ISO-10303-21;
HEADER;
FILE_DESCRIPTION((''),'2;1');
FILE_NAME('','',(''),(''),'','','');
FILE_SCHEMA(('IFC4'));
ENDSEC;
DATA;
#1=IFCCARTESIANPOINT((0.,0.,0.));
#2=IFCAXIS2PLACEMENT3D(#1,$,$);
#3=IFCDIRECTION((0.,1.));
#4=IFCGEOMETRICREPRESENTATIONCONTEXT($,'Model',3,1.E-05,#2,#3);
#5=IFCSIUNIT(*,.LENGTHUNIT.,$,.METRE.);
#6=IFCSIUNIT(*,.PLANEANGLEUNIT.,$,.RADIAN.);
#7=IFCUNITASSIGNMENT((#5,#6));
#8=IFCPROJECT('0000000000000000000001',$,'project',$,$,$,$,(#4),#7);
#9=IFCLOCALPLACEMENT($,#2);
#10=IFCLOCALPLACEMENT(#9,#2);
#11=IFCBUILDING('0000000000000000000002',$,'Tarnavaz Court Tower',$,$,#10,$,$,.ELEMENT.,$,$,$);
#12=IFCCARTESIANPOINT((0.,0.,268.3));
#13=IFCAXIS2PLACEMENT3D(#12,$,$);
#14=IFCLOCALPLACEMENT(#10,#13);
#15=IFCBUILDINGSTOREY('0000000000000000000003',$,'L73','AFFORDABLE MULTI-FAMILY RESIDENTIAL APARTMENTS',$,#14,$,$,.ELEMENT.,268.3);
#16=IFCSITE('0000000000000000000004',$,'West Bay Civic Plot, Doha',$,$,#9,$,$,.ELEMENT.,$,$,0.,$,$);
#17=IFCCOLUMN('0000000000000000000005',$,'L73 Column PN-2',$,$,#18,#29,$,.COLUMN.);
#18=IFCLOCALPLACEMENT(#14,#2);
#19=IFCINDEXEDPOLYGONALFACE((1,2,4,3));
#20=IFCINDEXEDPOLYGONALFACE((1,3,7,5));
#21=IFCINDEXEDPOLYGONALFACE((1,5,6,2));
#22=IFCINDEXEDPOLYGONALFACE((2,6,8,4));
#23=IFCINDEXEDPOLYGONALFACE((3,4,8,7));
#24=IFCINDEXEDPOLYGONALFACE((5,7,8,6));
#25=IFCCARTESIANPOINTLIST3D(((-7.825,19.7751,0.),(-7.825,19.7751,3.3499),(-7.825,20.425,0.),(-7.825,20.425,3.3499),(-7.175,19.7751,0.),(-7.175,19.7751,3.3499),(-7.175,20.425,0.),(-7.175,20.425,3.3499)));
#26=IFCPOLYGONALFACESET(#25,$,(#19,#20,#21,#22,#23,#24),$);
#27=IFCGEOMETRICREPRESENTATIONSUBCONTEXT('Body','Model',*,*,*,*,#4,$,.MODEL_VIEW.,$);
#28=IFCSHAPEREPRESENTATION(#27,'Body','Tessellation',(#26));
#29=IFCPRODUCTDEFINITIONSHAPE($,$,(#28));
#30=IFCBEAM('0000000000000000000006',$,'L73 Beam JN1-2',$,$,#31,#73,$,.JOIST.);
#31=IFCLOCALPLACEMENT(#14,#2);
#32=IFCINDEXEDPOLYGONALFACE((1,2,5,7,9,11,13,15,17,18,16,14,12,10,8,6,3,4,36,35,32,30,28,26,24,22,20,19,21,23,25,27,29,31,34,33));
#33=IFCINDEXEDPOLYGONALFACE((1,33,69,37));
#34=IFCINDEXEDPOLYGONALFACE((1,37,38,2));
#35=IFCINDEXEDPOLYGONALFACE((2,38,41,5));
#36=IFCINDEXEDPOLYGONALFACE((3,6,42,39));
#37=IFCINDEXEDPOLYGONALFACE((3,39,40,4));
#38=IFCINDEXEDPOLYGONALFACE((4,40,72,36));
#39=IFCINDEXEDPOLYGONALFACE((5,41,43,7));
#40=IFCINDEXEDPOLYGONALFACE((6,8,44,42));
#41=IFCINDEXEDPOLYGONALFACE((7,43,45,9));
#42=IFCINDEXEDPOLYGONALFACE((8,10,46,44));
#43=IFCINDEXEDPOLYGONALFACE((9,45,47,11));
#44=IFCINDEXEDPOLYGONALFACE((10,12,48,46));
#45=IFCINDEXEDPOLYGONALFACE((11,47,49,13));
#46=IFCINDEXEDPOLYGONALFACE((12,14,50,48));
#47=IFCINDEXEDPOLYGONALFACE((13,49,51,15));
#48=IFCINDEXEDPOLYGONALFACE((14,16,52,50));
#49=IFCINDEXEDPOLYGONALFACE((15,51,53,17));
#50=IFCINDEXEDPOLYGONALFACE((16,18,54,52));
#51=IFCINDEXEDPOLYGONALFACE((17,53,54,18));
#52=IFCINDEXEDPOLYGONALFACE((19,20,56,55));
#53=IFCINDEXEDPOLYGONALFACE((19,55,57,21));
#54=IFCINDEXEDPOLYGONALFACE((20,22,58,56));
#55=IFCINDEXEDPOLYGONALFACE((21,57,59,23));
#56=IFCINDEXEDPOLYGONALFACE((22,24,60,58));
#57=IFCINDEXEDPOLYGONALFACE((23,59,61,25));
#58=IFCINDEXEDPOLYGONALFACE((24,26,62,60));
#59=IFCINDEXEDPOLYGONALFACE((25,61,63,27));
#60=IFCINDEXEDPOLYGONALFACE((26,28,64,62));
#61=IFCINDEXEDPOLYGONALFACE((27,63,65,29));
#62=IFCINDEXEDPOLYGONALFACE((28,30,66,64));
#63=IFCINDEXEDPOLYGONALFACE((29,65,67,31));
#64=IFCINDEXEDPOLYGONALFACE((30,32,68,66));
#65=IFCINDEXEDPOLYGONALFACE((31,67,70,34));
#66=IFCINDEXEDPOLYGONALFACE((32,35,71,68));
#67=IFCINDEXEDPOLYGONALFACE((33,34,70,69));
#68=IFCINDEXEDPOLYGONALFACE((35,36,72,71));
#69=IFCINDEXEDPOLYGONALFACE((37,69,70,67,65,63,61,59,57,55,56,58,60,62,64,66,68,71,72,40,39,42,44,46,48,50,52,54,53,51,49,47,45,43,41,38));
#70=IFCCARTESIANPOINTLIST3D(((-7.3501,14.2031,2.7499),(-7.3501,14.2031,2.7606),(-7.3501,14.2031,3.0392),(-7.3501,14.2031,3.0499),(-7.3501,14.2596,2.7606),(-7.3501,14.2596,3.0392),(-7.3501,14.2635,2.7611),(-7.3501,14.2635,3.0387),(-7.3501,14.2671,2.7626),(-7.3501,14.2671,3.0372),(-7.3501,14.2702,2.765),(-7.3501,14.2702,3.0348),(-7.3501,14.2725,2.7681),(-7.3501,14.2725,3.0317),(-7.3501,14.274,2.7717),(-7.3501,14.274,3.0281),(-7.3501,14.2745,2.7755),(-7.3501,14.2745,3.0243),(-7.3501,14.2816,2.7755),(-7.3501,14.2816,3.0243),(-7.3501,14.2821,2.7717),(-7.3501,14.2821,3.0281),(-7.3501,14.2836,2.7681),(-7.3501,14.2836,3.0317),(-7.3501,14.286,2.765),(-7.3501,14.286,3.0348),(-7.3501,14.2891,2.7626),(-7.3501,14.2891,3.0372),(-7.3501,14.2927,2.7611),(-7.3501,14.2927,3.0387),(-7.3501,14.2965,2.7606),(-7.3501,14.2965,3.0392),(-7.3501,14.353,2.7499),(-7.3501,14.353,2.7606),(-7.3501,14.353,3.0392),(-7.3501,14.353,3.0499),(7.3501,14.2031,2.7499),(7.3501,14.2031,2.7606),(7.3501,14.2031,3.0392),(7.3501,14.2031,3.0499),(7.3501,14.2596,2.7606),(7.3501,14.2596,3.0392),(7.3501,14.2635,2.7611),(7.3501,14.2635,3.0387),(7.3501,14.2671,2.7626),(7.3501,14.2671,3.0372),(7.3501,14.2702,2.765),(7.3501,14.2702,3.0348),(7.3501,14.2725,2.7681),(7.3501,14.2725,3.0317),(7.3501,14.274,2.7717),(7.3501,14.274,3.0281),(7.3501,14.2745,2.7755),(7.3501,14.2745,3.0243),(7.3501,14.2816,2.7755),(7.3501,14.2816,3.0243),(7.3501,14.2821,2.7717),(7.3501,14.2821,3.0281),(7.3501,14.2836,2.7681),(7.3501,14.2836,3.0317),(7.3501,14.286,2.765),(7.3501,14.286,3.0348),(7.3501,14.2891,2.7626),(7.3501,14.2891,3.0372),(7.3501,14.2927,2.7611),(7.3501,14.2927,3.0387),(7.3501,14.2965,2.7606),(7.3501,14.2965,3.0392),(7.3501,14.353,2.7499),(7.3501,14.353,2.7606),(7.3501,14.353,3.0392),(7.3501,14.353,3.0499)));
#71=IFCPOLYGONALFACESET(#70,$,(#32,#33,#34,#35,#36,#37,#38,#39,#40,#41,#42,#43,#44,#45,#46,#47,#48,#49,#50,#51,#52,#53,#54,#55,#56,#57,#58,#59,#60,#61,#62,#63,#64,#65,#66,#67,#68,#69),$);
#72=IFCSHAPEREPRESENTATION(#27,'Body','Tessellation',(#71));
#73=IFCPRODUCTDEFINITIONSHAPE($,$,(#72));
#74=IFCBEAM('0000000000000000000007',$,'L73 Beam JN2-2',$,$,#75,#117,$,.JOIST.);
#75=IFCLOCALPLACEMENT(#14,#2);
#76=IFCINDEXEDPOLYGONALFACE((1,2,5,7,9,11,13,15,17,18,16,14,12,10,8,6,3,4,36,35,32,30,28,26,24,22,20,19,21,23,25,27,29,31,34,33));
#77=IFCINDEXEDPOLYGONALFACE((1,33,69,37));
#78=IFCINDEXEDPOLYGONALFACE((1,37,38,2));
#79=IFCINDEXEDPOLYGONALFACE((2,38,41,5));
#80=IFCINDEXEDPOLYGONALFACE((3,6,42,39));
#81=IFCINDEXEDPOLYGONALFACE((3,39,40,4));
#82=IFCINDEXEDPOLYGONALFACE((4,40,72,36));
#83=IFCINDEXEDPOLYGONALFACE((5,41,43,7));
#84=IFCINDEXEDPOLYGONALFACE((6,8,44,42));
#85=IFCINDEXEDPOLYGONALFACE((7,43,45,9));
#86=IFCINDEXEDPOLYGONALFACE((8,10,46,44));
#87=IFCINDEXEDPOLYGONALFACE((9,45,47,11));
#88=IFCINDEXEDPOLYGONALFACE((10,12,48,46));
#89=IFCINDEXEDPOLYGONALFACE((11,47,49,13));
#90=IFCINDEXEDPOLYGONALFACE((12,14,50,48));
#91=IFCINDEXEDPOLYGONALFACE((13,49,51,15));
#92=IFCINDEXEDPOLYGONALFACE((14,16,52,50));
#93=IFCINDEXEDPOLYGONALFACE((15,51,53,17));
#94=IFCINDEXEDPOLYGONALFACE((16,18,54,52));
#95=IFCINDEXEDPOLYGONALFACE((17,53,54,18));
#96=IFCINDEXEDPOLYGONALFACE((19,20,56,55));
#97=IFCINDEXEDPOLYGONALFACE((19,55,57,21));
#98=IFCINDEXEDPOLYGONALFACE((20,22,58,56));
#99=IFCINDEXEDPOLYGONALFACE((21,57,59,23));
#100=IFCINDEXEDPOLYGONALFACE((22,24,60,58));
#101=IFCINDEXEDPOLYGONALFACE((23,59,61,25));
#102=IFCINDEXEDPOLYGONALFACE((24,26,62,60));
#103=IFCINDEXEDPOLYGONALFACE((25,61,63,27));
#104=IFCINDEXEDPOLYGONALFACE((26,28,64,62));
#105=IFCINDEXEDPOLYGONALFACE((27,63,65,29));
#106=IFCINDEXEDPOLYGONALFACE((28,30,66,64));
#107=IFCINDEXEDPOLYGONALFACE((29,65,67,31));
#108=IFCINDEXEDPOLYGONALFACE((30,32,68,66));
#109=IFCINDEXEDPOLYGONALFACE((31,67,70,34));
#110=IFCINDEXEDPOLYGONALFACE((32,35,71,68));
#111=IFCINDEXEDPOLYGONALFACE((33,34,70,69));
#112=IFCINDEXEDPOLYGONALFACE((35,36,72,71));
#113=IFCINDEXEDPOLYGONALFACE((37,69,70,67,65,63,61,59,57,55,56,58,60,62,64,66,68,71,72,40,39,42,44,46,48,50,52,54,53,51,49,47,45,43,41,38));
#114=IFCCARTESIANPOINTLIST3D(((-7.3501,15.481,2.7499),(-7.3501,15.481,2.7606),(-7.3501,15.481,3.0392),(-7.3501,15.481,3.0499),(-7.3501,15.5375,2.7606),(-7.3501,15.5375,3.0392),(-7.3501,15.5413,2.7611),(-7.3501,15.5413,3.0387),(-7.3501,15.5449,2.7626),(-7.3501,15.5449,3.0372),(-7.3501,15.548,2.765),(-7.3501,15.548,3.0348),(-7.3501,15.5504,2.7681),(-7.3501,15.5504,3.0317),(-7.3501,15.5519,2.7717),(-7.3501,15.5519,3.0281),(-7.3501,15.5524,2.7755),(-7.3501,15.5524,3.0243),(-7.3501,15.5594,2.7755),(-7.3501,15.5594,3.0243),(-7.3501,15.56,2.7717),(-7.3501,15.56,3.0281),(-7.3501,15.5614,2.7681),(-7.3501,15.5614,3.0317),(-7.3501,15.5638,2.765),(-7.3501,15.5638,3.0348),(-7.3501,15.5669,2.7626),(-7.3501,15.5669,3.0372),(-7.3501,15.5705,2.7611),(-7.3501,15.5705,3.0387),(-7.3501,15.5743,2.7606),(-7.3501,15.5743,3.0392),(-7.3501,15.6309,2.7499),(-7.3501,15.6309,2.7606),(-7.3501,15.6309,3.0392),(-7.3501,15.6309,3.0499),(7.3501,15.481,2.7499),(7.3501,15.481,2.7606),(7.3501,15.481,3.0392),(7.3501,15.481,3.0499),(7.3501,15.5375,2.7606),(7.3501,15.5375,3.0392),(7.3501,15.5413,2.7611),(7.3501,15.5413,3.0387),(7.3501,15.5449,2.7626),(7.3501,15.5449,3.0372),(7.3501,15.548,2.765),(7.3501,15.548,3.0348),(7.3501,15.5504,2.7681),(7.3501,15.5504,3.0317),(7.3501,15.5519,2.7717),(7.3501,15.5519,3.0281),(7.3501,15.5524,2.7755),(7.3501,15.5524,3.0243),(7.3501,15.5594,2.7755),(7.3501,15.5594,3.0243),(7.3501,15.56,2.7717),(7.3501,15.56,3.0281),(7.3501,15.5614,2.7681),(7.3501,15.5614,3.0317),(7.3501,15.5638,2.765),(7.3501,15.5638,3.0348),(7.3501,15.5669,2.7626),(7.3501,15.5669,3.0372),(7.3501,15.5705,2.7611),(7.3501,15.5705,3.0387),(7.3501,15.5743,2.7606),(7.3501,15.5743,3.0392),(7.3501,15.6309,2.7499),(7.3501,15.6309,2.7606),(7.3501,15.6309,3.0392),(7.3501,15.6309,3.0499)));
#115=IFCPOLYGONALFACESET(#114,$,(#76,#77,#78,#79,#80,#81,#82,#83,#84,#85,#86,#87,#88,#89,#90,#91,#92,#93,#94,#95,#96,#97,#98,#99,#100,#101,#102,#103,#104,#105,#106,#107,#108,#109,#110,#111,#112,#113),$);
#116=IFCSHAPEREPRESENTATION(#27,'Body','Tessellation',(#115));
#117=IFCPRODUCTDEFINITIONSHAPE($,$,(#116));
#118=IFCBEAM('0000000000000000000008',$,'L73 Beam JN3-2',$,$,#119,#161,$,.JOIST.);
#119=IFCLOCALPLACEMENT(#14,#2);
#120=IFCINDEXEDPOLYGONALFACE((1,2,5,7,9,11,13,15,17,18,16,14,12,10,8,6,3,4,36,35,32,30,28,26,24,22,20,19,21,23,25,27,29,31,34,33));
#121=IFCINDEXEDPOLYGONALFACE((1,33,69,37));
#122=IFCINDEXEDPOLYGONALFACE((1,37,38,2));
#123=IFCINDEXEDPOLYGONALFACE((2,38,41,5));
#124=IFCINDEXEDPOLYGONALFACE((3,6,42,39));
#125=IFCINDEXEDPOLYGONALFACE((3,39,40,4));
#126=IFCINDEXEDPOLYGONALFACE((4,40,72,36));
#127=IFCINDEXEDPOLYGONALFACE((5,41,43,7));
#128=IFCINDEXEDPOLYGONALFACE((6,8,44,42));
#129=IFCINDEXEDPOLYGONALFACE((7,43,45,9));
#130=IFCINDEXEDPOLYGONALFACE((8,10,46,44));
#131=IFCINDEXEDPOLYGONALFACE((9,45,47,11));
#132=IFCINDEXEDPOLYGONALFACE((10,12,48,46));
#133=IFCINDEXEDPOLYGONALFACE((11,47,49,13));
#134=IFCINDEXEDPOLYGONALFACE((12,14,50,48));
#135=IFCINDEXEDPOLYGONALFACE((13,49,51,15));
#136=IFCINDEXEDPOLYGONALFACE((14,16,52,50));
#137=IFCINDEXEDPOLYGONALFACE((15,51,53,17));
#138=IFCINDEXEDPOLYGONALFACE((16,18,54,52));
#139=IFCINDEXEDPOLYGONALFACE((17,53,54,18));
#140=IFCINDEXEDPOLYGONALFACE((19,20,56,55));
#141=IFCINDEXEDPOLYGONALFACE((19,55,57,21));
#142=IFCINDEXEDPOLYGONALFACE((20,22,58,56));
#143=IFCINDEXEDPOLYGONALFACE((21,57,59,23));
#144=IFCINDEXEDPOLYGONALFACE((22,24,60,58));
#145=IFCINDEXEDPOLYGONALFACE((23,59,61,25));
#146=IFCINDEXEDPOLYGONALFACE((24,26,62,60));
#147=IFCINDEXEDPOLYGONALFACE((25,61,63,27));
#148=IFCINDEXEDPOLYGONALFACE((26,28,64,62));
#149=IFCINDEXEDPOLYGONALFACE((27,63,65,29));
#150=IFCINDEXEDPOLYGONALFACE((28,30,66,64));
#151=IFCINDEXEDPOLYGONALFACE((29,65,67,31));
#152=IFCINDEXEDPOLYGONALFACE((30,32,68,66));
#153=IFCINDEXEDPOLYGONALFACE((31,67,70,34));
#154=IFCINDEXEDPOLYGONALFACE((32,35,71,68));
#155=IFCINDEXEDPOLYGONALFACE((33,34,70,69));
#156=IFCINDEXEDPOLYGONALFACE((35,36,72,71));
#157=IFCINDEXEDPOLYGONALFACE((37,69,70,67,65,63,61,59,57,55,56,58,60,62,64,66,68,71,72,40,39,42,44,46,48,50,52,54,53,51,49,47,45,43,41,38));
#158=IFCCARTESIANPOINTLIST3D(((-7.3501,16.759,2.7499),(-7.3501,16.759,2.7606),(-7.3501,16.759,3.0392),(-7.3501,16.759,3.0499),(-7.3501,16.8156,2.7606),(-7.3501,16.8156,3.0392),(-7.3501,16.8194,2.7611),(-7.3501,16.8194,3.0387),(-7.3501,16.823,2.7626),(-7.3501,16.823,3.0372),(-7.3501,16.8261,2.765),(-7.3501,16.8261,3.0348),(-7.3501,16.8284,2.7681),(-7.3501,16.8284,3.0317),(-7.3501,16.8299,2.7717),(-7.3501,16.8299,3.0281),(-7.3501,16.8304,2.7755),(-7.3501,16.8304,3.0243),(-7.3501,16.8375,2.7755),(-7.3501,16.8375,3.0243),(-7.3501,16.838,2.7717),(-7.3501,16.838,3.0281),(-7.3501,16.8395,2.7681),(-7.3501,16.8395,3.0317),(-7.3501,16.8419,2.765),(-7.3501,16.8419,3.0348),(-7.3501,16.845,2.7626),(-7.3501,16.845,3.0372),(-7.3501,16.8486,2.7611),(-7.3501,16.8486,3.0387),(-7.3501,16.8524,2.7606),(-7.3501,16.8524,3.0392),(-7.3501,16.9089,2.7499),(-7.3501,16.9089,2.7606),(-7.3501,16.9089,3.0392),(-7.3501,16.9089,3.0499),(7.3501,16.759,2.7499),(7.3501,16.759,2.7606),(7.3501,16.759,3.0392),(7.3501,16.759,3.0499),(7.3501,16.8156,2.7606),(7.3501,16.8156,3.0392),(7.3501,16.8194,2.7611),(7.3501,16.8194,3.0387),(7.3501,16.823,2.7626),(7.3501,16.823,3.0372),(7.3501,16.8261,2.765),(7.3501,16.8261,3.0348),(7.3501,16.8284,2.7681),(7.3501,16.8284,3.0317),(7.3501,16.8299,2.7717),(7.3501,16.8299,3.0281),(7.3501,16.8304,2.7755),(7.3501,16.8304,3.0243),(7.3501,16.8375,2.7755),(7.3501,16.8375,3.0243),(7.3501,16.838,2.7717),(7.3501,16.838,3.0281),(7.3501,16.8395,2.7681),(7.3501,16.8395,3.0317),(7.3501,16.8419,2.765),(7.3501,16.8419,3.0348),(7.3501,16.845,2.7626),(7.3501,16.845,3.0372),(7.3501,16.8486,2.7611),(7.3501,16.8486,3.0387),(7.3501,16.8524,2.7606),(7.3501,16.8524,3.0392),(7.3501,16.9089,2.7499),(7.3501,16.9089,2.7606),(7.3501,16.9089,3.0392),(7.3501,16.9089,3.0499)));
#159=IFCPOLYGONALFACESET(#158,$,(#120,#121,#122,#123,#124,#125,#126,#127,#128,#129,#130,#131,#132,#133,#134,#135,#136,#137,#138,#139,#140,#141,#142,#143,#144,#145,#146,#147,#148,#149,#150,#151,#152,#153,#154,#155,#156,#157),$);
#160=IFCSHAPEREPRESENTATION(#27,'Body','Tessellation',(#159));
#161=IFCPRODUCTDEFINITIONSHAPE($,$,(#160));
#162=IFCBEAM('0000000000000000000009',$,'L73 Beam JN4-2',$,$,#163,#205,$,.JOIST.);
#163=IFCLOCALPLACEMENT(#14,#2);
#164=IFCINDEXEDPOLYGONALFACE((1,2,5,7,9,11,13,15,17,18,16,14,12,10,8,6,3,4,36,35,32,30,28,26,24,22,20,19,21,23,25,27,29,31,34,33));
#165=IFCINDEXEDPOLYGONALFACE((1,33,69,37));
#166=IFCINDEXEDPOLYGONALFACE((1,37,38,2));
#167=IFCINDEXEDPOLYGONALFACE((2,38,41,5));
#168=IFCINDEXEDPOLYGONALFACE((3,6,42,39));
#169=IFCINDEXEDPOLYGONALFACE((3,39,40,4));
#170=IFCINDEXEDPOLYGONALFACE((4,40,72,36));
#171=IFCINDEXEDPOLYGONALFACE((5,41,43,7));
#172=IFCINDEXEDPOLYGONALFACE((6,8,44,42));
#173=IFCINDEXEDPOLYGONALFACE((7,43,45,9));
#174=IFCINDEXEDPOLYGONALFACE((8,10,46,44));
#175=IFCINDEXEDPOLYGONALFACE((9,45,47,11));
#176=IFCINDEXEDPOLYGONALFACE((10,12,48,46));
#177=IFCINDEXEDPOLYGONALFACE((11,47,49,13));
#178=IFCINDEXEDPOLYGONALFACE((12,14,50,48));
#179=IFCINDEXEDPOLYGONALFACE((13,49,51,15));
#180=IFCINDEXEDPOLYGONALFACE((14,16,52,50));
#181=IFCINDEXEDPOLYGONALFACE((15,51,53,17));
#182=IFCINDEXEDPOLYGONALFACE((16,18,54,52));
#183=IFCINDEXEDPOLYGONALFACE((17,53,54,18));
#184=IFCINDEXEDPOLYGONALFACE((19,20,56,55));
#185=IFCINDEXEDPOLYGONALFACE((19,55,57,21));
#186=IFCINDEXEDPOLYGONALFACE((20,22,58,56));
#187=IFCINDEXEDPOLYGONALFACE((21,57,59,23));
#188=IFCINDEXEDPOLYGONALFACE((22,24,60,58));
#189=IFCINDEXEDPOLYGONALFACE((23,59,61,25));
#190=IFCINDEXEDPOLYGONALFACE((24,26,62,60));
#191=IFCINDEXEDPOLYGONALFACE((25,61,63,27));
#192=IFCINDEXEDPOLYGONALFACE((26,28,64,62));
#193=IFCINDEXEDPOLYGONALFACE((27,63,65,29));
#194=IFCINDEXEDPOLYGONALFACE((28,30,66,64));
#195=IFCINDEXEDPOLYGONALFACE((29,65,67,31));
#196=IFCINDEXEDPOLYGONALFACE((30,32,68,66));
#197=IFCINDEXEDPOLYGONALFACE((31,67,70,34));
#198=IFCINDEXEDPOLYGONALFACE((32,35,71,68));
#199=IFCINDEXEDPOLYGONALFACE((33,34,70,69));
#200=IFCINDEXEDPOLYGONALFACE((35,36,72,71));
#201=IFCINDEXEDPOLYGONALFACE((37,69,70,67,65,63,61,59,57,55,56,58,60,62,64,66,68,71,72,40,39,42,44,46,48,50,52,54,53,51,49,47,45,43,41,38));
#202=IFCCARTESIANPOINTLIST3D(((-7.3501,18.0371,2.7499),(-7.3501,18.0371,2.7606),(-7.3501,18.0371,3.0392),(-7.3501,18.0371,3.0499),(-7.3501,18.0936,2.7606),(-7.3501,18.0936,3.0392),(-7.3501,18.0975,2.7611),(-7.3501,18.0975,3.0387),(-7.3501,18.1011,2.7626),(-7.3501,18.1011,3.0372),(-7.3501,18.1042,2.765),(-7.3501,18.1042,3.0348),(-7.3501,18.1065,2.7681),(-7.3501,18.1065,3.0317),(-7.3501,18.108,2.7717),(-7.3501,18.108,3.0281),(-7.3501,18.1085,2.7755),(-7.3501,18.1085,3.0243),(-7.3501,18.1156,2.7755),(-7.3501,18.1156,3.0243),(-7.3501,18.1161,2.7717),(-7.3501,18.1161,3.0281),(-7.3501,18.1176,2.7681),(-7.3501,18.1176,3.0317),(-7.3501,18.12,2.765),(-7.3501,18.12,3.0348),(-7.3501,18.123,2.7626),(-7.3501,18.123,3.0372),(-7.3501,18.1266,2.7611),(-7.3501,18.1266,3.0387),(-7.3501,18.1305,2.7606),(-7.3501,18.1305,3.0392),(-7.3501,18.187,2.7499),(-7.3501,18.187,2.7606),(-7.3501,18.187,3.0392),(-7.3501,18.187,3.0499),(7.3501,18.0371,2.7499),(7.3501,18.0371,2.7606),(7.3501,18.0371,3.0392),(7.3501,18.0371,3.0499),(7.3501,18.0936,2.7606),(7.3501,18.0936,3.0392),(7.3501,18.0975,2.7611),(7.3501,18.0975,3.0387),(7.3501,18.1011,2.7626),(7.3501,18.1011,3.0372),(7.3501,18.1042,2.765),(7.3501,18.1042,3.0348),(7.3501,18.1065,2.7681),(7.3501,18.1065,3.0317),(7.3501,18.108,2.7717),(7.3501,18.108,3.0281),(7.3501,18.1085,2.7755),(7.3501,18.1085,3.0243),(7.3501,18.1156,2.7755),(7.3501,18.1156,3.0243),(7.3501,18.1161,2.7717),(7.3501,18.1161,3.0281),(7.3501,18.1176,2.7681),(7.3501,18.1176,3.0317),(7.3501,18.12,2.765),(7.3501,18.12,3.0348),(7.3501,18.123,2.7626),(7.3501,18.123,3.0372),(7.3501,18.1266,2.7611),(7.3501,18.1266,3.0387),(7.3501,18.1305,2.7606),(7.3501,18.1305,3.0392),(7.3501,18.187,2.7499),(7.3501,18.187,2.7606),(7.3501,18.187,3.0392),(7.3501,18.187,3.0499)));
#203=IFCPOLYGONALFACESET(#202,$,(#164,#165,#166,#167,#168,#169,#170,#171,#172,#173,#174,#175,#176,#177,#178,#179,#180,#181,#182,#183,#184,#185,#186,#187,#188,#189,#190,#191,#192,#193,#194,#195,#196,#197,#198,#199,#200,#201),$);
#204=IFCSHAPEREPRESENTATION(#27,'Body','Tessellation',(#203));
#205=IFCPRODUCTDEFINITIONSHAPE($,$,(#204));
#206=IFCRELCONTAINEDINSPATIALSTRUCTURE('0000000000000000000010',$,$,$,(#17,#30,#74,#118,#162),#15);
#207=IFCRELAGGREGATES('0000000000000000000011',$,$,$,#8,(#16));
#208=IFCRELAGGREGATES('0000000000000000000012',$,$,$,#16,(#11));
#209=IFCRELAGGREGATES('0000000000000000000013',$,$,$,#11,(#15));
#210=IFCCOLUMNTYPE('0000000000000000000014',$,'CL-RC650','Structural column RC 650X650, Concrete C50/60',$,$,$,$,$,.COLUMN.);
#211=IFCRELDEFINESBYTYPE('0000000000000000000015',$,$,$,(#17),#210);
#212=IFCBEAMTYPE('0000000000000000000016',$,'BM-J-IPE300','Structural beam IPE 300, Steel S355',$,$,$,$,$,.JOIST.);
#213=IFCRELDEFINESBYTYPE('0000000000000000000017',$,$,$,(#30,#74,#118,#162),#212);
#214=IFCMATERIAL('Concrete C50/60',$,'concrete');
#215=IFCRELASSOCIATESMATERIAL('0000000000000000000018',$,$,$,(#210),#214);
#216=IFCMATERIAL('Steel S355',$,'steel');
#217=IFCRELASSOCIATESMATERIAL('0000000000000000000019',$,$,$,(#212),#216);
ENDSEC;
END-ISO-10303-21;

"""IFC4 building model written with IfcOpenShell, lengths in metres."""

from ifc_helpers import new_model, si_unit, direction, frame, origin, origin_2d, place, context, subcontext, project, spatial, rectangle, i_section, extrude, material, material_profile, profile_set, type_object, element, save


model = new_model("IFC4")

# Units and contexts
model_context = context("Model", 3, precision=1e-05, world=origin(), true_north=direction((0.0, 1.0)))
body_context = subcontext(model_context, "Body", "Model", "MODEL_VIEW")
ifc_project = project(units=[si_unit("LENGTHUNIT", "METRE"), si_unit("PLANEANGLEUNIT", "RADIAN")], contexts=[model_context])

# Site, building, storey
site_placement = place(None, origin())
site = spatial("IfcSite", under=ifc_project, at=site_placement, Name="West Bay Civic Plot, Doha", CompositionType="ELEMENT", RefElevation=0.0)
building_placement = place(site_placement, origin())
building = spatial("IfcBuilding", under=site, at=building_placement, Name="Tarnavaz Court Tower", CompositionType="ELEMENT")
storey_placement = place(building_placement, frame((0.0, 0.0, 268.3)))
storey = spatial("IfcBuildingStorey", under=building, at=storey_placement, Name="L73", Description="AFFORDABLE MULTI-FAMILY RESIDENTIAL APARTMENTS", CompositionType="ELEMENT", Elevation=268.3)

# Column
ifc_material_1 = material(Name="Concrete C50/60", Category="concrete")
ifc_material_profile_1 = material_profile(ifc_material_1, rectangle(XDim=0.6499, YDim=0.6499, at=origin_2d()), Name="RC 650X650")
ifc_profile_set_1 = profile_set([ifc_material_profile_1], Name="Concrete C50/60")
column_type = type_object("IfcColumnType", Name="CL-RC650", Description="Structural column RC 650X650, Concrete C50/60", PredefinedType="COLUMN", material=ifc_profile_set_1)
column_placement = place(storey_placement, frame((-7.5, 20.1001, 0.0), z_axis=(0.0, 0.0, 1.0), x_axis=(1.0, 0.0, 0.0)))
element("IfcColumn", 1, at=column_placement, inside=storey, type_object=column_type, Name="L73 Column PN-2", PredefinedType="COLUMN", context=body_context, shape_type="SweptSolid", body=[
    extrude(rectangle(XDim=0.6499, YDim=0.6499, at=origin_2d()), origin(), (0.0, 0.0, 1.0), 3.3499),
])

# Beams
ifc_material_2 = material(Name="Steel S355", Category="steel")
ifc_material_profile_2 = material_profile(ifc_material_2, i_section(OverallWidth=0.1499, OverallDepth=0.3, WebThickness=0.0071, FlangeThickness=0.0107, FilletRadius=0.0149, at=origin_2d()), Name="IPE 300")
ifc_profile_set_2 = profile_set([ifc_material_profile_2], Name="Steel S355")
beam_type_1 = type_object("IfcBeamType", Name="BM-J-IPE300", Description="Structural beam IPE 300, Steel S355", PredefinedType="JOIST", material=ifc_profile_set_2)
for number, where, z_axis, x_axis, name in (
    (2, (-7.3501, 14.2781, 2.8999), (1.0, 0.0, 0.0), (0.0, 1.0, 0.0), "L73 Beam JN1-2"),
    (3, (-7.3501, 15.5559, 2.8999), (1.0, 0.0, 0.0), (0.0, 1.0, 0.0), "L73 Beam JN2-2"),
    (4, (-7.3501, 16.834, 2.8999), (1.0, 0.0, 0.0), (0.0, 1.0, 0.0), "L73 Beam JN3-2"),
    (5, (-7.3501, 18.1121, 2.8999), (1.0, 0.0, 0.0), (0.0, 1.0, 0.0), "L73 Beam JN4-2"),
):
    element("IfcBeam", number, at=place(storey_placement, frame(where, z_axis=z_axis, x_axis=x_axis)), inside=storey, type_object=beam_type_1, Name=name, PredefinedType="JOIST", context=body_context, shape_type="SweptSolid", body=[
        extrude(i_section(OverallWidth=0.1499, OverallDepth=0.3, WebThickness=0.0071, FlangeThickness=0.0107, FilletRadius=0.0149, at=origin_2d()), origin(), (0.0, 0.0, 1.0), 14.7002),
    ])

save(model, "model.ifc")
